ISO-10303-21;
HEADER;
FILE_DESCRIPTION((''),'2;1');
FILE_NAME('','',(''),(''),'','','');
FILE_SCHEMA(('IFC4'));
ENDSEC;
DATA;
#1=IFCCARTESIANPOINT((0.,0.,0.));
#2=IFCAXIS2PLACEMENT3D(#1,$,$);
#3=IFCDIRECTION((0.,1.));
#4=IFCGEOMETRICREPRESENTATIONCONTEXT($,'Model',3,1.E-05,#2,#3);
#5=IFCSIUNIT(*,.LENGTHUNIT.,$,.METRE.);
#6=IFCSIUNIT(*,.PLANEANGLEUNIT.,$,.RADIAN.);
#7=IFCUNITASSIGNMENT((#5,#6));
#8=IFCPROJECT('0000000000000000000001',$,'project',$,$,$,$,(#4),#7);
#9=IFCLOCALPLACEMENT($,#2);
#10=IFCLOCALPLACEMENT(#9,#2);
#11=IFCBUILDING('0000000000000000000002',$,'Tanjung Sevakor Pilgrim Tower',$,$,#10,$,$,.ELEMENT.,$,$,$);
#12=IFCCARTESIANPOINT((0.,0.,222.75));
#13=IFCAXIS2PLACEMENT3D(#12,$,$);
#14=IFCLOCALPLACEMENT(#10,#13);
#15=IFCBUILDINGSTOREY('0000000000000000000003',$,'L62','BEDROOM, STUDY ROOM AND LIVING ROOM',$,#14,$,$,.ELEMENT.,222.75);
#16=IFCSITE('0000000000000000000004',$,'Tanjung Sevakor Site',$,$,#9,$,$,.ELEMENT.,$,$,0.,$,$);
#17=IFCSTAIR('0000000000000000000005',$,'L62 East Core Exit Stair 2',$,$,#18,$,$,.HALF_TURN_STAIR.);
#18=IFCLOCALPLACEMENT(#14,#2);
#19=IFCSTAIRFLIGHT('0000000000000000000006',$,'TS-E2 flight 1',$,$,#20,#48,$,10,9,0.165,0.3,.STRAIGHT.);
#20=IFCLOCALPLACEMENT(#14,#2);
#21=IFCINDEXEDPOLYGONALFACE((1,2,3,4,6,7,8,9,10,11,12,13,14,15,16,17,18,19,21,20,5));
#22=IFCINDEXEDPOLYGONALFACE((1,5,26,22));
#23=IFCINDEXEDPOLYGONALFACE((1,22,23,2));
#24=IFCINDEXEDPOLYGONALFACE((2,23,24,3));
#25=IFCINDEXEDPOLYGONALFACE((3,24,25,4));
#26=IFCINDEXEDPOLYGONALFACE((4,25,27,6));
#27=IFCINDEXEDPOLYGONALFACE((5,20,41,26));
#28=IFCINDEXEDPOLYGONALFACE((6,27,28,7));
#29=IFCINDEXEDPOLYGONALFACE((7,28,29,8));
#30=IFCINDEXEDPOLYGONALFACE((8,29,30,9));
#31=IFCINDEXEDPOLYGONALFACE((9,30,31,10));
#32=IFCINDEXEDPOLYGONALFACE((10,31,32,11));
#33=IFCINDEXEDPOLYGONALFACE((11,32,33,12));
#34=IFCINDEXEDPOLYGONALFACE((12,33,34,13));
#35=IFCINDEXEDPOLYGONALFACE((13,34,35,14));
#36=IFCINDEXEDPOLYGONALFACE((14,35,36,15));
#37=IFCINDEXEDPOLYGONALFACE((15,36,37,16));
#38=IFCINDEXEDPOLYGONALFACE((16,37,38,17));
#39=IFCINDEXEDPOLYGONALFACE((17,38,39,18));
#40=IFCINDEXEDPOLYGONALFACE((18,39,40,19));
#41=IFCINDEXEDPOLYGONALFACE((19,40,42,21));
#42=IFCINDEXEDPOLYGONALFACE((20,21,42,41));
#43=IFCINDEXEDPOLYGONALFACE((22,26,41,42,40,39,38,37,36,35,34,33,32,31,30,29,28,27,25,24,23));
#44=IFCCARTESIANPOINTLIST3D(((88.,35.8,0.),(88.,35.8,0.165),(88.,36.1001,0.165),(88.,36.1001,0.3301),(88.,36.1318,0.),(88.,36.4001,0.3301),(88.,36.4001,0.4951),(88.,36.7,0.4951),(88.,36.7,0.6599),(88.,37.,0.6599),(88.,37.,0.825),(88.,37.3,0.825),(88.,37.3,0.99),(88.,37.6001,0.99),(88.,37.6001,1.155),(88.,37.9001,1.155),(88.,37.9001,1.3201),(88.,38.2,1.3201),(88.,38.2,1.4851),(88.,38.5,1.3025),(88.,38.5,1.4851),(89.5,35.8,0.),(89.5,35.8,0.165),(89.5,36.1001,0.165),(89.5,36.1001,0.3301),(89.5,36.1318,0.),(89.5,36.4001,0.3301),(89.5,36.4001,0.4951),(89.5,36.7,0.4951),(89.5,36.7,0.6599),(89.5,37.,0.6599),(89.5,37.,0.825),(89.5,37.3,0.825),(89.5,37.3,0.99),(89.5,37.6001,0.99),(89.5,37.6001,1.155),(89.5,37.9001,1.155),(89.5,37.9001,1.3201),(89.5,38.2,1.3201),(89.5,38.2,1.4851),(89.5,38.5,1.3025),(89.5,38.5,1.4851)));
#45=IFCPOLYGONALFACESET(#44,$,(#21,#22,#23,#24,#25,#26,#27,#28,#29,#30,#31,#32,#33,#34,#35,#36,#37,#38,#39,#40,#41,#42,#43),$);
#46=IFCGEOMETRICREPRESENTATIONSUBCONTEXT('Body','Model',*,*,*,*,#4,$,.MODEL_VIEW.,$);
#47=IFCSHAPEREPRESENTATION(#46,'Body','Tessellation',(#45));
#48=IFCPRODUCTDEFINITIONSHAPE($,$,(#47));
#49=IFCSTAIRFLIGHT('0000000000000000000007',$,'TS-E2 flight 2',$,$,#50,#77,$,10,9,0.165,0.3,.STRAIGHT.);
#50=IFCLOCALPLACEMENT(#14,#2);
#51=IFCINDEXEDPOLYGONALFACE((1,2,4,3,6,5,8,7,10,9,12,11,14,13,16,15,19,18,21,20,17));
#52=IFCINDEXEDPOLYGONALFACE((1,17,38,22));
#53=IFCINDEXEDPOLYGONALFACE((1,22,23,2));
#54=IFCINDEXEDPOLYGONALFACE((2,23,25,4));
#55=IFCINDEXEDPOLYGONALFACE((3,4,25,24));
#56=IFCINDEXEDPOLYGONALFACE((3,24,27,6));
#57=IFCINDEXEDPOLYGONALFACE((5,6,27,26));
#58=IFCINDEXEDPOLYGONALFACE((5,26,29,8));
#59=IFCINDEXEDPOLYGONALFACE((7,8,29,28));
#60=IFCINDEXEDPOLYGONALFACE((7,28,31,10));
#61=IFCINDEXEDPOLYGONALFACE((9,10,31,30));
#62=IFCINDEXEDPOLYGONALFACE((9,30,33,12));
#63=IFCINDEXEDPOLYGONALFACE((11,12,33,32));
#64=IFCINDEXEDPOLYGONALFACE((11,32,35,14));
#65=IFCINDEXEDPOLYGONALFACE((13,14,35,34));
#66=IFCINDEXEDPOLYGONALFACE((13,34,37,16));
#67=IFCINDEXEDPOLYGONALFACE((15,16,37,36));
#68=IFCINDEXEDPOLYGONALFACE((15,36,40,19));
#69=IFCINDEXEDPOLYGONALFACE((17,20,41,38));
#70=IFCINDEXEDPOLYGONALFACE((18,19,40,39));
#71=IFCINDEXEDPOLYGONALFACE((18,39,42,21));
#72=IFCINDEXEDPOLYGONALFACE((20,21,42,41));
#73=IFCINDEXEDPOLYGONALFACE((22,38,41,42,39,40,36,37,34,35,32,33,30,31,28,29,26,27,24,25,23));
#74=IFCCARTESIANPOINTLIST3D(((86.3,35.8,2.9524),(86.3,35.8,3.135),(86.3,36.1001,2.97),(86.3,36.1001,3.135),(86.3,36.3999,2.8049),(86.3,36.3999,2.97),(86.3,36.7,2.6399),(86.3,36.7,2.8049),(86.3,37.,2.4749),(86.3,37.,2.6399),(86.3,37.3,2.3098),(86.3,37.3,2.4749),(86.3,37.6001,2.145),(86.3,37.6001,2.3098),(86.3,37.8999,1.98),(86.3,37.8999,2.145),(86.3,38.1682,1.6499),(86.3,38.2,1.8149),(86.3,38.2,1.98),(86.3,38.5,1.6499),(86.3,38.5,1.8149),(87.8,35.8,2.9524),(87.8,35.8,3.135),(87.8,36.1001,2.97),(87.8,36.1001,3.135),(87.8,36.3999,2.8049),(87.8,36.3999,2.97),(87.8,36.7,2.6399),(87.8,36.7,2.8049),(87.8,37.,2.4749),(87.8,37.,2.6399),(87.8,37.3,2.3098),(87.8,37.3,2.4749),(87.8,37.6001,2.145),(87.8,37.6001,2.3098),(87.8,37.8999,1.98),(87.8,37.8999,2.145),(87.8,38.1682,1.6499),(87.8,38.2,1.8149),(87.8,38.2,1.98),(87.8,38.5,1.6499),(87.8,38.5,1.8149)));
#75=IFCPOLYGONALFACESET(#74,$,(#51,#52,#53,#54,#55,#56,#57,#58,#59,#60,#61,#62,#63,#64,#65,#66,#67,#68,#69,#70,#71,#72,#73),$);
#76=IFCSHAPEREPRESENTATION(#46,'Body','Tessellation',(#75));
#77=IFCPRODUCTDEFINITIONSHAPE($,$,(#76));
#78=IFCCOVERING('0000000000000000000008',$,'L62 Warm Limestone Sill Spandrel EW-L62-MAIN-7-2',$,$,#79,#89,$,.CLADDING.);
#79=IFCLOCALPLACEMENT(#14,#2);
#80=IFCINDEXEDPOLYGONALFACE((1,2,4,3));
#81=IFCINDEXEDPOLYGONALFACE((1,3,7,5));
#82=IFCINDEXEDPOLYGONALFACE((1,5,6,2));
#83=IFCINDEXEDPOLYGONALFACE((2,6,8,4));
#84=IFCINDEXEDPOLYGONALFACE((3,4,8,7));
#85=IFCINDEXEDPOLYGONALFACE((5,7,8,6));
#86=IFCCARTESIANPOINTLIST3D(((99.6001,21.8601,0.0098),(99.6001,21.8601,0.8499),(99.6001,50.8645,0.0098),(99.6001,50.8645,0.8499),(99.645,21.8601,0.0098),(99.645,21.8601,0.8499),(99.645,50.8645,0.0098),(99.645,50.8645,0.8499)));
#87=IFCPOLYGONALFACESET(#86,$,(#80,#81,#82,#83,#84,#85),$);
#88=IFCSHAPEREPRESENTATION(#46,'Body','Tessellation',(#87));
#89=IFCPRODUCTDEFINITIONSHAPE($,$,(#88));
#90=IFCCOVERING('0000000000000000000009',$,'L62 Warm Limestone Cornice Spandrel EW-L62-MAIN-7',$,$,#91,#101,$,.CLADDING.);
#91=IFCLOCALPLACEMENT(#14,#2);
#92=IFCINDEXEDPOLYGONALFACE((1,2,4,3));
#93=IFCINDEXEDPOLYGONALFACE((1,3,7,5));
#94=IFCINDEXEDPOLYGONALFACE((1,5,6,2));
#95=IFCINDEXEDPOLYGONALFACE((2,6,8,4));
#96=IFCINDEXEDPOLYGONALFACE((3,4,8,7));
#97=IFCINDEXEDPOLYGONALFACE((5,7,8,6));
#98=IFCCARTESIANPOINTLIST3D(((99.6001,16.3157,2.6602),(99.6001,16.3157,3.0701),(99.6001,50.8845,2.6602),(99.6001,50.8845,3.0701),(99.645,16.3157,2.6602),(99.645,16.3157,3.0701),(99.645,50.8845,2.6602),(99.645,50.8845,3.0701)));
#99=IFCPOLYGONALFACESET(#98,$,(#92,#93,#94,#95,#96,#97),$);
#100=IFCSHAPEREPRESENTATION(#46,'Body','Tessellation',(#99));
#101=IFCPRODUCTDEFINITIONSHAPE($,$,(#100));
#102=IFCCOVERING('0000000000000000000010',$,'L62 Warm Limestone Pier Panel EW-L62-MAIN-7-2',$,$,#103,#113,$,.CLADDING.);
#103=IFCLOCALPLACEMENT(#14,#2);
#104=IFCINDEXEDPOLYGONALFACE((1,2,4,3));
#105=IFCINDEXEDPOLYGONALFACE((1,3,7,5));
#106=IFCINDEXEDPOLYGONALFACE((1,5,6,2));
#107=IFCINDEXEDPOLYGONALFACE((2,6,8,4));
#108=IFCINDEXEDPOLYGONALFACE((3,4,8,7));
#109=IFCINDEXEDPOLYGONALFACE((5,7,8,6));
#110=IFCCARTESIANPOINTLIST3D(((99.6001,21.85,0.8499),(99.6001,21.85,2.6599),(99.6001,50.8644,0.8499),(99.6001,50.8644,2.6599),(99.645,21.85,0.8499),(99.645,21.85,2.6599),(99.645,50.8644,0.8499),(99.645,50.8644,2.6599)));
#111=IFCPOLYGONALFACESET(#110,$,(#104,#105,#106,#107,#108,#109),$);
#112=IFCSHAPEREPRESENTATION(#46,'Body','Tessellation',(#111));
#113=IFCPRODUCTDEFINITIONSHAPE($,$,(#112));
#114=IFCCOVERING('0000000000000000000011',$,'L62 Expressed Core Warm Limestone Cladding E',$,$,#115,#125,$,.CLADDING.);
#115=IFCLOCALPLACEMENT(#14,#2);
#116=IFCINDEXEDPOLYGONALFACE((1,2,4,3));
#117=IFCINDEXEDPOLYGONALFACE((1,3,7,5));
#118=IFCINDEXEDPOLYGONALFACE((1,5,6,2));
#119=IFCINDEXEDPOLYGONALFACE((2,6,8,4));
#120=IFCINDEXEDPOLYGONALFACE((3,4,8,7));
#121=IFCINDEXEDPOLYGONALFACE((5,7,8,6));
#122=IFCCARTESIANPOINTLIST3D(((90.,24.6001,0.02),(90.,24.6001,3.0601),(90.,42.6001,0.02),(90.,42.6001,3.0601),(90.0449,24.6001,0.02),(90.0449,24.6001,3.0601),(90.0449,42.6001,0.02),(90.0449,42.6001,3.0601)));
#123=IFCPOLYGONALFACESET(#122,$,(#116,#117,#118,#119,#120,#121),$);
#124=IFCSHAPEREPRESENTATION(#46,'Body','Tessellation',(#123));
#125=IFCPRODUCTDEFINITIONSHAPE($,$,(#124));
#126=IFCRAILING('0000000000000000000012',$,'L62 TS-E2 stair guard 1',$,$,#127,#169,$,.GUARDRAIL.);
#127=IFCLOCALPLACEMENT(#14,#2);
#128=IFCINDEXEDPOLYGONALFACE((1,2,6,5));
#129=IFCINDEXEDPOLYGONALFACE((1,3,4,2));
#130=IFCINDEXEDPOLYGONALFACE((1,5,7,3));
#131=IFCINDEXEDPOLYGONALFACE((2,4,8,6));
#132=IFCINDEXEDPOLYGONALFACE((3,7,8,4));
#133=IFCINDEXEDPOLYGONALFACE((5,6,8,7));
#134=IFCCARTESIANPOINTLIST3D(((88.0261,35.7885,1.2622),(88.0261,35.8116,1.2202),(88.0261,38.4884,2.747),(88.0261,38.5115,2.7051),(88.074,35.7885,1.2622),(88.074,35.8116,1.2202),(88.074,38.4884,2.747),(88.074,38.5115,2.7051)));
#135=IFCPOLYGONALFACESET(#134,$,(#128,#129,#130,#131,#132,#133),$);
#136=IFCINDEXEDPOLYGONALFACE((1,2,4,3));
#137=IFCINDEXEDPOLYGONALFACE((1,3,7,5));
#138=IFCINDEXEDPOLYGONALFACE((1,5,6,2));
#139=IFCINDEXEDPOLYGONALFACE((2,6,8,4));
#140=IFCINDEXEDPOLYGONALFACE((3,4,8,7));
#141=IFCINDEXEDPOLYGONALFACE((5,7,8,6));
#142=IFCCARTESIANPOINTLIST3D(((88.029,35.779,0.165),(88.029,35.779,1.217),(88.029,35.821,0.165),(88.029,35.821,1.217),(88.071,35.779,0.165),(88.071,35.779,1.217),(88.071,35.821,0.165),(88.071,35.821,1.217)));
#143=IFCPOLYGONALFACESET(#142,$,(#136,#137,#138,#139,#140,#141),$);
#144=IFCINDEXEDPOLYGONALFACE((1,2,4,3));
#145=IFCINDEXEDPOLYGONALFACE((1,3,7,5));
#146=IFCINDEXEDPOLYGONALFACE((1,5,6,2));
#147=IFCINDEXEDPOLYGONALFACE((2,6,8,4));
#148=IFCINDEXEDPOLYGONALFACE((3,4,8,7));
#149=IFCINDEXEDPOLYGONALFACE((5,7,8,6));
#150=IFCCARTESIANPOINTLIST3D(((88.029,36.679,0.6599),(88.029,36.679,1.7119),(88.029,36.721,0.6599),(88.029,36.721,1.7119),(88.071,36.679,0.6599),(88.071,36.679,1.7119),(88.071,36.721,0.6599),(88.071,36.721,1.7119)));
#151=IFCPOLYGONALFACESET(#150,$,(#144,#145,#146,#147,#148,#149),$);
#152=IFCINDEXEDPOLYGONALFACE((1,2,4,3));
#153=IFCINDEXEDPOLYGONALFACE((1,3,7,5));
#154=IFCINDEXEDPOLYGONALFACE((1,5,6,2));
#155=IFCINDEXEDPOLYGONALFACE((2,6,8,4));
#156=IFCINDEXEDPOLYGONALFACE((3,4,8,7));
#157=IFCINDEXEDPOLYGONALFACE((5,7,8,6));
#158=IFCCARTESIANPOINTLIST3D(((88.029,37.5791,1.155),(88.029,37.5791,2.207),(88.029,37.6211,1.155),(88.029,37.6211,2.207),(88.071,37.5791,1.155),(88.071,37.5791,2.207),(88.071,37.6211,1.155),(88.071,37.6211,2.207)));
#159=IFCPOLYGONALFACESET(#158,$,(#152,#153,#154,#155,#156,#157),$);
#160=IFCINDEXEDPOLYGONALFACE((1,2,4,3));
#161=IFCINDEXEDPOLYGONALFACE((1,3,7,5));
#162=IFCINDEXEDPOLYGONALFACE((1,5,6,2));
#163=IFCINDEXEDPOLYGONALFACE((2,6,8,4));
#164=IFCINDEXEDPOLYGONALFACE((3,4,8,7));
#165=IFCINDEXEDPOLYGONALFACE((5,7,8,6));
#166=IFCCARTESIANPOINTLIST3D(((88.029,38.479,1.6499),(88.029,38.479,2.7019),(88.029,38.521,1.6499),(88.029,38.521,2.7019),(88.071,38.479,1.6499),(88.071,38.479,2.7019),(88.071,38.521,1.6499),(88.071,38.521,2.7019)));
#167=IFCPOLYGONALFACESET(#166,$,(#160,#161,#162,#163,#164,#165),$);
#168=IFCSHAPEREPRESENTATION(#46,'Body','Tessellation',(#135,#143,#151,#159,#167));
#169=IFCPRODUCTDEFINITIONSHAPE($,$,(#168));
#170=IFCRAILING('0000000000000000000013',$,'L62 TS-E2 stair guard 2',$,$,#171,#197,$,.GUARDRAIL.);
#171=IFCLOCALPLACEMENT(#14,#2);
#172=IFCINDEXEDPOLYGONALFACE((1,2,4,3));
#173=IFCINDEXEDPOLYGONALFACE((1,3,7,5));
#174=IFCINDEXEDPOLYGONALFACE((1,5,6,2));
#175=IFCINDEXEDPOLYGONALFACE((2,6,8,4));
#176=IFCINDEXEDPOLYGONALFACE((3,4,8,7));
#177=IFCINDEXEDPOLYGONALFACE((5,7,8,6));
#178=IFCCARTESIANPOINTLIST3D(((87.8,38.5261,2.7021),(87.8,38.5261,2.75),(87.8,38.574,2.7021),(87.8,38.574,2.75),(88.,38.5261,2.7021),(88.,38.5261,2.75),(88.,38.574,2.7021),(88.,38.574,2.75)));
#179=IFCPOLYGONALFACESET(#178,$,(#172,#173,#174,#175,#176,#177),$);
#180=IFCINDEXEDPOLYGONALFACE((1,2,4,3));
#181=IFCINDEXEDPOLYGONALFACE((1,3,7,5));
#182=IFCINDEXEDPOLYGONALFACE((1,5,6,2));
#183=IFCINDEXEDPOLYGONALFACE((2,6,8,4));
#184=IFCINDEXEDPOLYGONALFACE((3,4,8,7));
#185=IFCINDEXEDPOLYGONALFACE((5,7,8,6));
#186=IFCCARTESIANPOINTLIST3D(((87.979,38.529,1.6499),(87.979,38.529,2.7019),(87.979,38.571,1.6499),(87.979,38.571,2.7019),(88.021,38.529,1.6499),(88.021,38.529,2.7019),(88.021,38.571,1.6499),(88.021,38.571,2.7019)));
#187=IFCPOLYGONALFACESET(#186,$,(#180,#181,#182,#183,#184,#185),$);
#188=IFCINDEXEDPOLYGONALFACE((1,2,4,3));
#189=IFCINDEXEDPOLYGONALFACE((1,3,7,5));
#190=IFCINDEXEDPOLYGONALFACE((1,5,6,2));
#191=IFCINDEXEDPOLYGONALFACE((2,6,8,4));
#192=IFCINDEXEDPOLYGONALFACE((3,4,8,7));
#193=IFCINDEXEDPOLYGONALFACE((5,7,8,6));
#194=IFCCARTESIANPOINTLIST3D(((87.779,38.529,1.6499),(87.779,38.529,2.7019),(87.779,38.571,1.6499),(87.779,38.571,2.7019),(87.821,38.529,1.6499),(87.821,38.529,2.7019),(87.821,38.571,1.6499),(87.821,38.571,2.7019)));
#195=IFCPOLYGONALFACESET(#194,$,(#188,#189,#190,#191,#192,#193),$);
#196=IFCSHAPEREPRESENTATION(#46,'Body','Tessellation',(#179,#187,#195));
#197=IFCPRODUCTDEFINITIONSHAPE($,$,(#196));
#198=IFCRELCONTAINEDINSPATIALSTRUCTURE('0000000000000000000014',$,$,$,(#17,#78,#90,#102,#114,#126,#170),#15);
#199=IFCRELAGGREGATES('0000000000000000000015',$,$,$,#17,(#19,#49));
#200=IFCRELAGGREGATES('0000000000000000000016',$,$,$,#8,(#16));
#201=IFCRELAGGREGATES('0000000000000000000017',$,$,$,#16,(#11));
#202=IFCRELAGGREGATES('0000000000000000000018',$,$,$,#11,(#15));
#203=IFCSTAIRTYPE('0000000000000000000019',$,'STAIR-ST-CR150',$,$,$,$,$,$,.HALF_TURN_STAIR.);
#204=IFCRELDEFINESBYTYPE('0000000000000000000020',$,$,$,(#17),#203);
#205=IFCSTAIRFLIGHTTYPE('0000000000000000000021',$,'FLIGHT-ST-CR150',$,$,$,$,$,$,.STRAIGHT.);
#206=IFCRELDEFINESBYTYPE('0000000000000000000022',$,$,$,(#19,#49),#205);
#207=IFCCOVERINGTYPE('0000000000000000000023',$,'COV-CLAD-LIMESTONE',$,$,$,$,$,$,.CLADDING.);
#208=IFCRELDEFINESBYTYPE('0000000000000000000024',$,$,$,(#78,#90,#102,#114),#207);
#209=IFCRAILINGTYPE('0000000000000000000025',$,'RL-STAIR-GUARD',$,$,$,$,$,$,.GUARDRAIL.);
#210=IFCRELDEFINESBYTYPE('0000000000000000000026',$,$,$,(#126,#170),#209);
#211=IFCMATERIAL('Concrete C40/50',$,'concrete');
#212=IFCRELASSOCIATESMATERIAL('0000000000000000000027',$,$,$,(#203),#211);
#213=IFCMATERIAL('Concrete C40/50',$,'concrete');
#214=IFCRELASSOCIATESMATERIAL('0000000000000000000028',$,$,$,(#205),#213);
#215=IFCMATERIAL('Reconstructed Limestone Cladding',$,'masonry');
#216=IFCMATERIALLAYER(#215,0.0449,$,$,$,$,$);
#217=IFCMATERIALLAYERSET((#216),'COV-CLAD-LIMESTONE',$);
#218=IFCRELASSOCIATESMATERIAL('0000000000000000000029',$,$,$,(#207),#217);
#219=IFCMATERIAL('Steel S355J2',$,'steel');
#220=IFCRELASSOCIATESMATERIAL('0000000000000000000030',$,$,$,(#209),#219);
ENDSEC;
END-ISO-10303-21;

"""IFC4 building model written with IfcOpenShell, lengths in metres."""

from ifc_helpers import new_model, si_unit, direction, frame, origin, origin_2d, place, context, subcontext, project, spatial, polyline, rectangle, outline, extrude, material, layer, layer_set, type_object, element, aggregate, save


model = new_model("IFC4")

# Units and contexts
model_context = context("Model", 3, precision=1e-05, world=origin(), true_north=direction((0.0, 1.0)))
body_context = subcontext(model_context, "Body", "Model", "MODEL_VIEW")
ifc_project = project(units=[si_unit("LENGTHUNIT", "METRE"), si_unit("PLANEANGLEUNIT", "RADIAN")], contexts=[model_context])

# Site, building, storey
site_placement = place(None, origin())
site = spatial("IfcSite", under=ifc_project, at=site_placement, Name="Tanjung Sevakor Site", CompositionType="ELEMENT", RefElevation=0.0)
building_placement = place(site_placement, origin())
building = spatial("IfcBuilding", under=site, at=building_placement, Name="Tanjung Sevakor Pilgrim Tower", CompositionType="ELEMENT")
storey_placement = place(building_placement, frame((0.0, 0.0, 222.75)))
storey = spatial("IfcBuildingStorey", under=building, at=storey_placement, Name="L62", Description="BEDROOM, STUDY ROOM AND LIVING ROOM", CompositionType="ELEMENT", Elevation=222.75)

# Stair, stair flights
ifc_material_1 = material(Name="Concrete C40/50", Category="concrete")
stair_type = type_object("IfcStairType", Name="STAIR-ST-CR150", PredefinedType="HALF_TURN_STAIR", material=ifc_material_1)
stair_placement = place(storey_placement, origin())
stair = element("IfcStair", 1, at=stair_placement, inside=storey, type_object=stair_type, Name="L62 East Core Exit Stair 2", PredefinedType="HALF_TURN_STAIR")
ifc_material_2 = material(Name="Concrete C40/50", Category="concrete")
stair_flight_type = type_object("IfcStairFlightType", Name="FLIGHT-ST-CR150", PredefinedType="STRAIGHT", material=ifc_material_2)
stair_flight_1_placement = place(storey_placement, frame((88.75, 35.8, 0.0), z_axis=(0.0, 0.0, 1.0), x_axis=(0.0, 1.0, 0.0)))
stair_flight_1 = element("IfcStairFlight", 2, at=stair_flight_1_placement, type_object=stair_flight_type, Name="TS-E2 flight 1", NumberOfRisers=10, NumberOfTreads=9, PredefinedType="STRAIGHT", RiserHeight=0.165, TreadLength=0.3, context=body_context, shape_type="SweptSolid", body=[
    extrude(outline(polyline([(0.0, 0.0), (0.0, 0.165), (0.3, 0.165), (0.3, 0.3301), (0.6001, 0.3301), (0.6001, 0.4951), (0.8999, 0.4951), (0.8999, 0.6599), (1.2, 0.6599), (1.2, 0.825), (1.5, 0.825), (1.5, 0.99), (1.8, 0.99), (1.8, 1.155), (2.1001, 1.155), (2.1001, 1.3201), (2.3999, 1.3201), (2.3999, 1.4851), (2.7, 1.4851), (2.7, 1.6499), (2.7, 1.3025), (0.3318, 0.0), (0.0, 0.0)])), frame((0.0, 0.75, 0.0), z_axis=(0.0, -1.0, 0.0), x_axis=(1.0, 0.0, 0.0)), (0.0, 0.0, 1.0), 1.5),
])
stair_flight_2_placement = place(storey_placement, frame((87.05, 38.5, 1.6499), z_axis=(0.0, 0.0, 1.0), x_axis=(0.0, -1.0, 0.0)))
stair_flight_2 = element("IfcStairFlight", 3, at=stair_flight_2_placement, type_object=stair_flight_type, Name="TS-E2 flight 2", NumberOfRisers=10, NumberOfTreads=9, PredefinedType="STRAIGHT", RiserHeight=0.165, TreadLength=0.3, context=body_context, shape_type="SweptSolid", body=[
    extrude(outline(polyline([(0.0, 0.0), (0.0, 0.165), (0.3, 0.165), (0.3, 0.3301), (0.6001, 0.3301), (0.6001, 0.4951), (0.8999, 0.4951), (0.8999, 0.6599), (1.2, 0.6599), (1.2, 0.825), (1.5, 0.825), (1.5, 0.99), (1.8, 0.99), (1.8, 1.155), (2.1001, 1.155), (2.1001, 1.3201), (2.3999, 1.3201), (2.3999, 1.4851), (2.7, 1.4851), (2.7, 1.6499), (2.7, 1.3025), (0.3318, 0.0), (0.0, 0.0)])), frame((0.0, 0.75, 0.0), z_axis=(0.0, -1.0, 0.0), x_axis=(1.0, 0.0, 0.0)), (0.0, 0.0, 1.0), 1.5),
])
aggregate(stair, [stair_flight_1, stair_flight_2])

# Coverings
ifc_material_3 = material(Name="Reconstructed Limestone Cladding", Category="masonry")
ifc_layer_1 = layer(ifc_material_3, 0.0449)
ifc_layer_set_1 = layer_set([ifc_layer_1], Name="COV-CLAD-LIMESTONE")
covering_type = type_object("IfcCoveringType", Name="COV-CLAD-LIMESTONE", PredefinedType="CLADDING", material=ifc_layer_set_1)
covering_1_placement = place(storey_placement, frame((99.6226, 36.3623, 0.0098), z_axis=(0.0, 0.0, 1.0), x_axis=(0.0, 1.0, 0.0)))
element("IfcCovering", 4, at=covering_1_placement, inside=storey, type_object=covering_type, Name="L62 Warm Limestone Sill Spandrel EW-L62-MAIN-7-2", PredefinedType="CLADDING", context=body_context, shape_type="SweptSolid", body=[
    extrude(rectangle(XDim=29.0044, YDim=0.0449, at=origin_2d()), origin(), (0.0, 0.0, 1.0), 0.8401),
])
covering_2_placement = place(storey_placement, frame((99.6226, 33.6001, 2.6602), z_axis=(0.0, 0.0, 1.0), x_axis=(0.0, 1.0, 0.0)))
element("IfcCovering", 5, at=covering_2_placement, inside=storey, type_object=covering_type, Name="L62 Warm Limestone Cornice Spandrel EW-L62-MAIN-7", PredefinedType="CLADDING", context=body_context, shape_type="SweptSolid", body=[
    extrude(rectangle(XDim=34.5688, YDim=0.0449, at=origin_2d()), origin(), (0.0, 0.0, 1.0), 0.4099),
])
covering_3_placement = place(storey_placement, frame((99.6226, 36.3572, 0.8499), z_axis=(0.0, 0.0, 1.0), x_axis=(0.0, 1.0, 0.0)))
element("IfcCovering", 6, at=covering_3_placement, inside=storey, type_object=covering_type, Name="L62 Warm Limestone Pier Panel EW-L62-MAIN-7-2", PredefinedType="CLADDING", context=body_context, shape_type="SweptSolid", body=[
    extrude(rectangle(XDim=29.0144, YDim=0.0449, at=origin_2d()), origin(), (0.0, 0.0, 1.0), 1.8101),
])
covering_4_placement = place(storey_placement, frame((90.0225, 33.6001, 0.02), z_axis=(0.0, 0.0, 1.0), x_axis=(1.0, 0.0, 0.0)))
element("IfcCovering", 7, at=covering_4_placement, inside=storey, type_object=covering_type, Name="L62 Expressed Core Warm Limestone Cladding E", PredefinedType="CLADDING", context=body_context, shape_type="SweptSolid", body=[
    extrude(rectangle(XDim=0.0449, YDim=18.0, at=origin_2d()), origin(), (0.0, 0.0, 1.0), 3.04),
])

# Railings
ifc_material_4 = material(Name="Steel S355J2", Category="steel")
railing_type_1 = type_object("IfcRailingType", Name="RL-STAIR-GUARD", PredefinedType="GUARDRAIL", material=ifc_material_4)
railing_1_placement = place(storey_placement, frame((88.05, 35.8, 0.165)))
element("IfcRailing", 8, at=railing_1_placement, inside=storey, type_object=railing_type_1, Name="L62 TS-E2 stair guard 1", PredefinedType="GUARDRAIL", context=body_context, shape_type="SweptSolid", body=[
    extrude(rectangle(XDim=0.0479, YDim=0.0479), frame((0.0, 0.0, 1.0762), z_axis=(0.0, 0.876231, 0.481891), x_axis=(-1.0, 0.0, 0.0)), (0.0, 0.0, 1.0), 3.0813),
    extrude(rectangle(XDim=0.042, YDim=0.042), origin(), (0.0, 0.0, 1.0), 1.052),
    extrude(rectangle(XDim=0.042, YDim=0.042), frame((0.0, 0.8999, 0.4949)), (0.0, 0.0, 1.0), 1.052),
    extrude(rectangle(XDim=0.042, YDim=0.042), frame((0.0, 1.8, 0.99)), (0.0, 0.0, 1.0), 1.052),
    extrude(rectangle(XDim=0.042, YDim=0.042), frame((0.0, 2.7, 1.4849)), (0.0, 0.0, 1.0), 1.052),
])
railing_2_placement = place(storey_placement, frame((88.0, 38.55, 1.6499)))
element("IfcRailing", 9, at=railing_2_placement, inside=storey, type_object=railing_type_1, Name="L62 TS-E2 stair guard 2", PredefinedType="GUARDRAIL", context=body_context, shape_type="SweptSolid", body=[
    extrude(rectangle(XDim=0.0479, YDim=0.0479), frame((0.0, 0.0, 1.0762), z_axis=(-1.0, 0.0, 0.0), x_axis=(0.0, -1.0, 0.0)), (0.0, 0.0, 1.0), 0.2),
    extrude(rectangle(XDim=0.042, YDim=0.042), origin(), (0.0, 0.0, 1.0), 1.052),
    extrude(rectangle(XDim=0.042, YDim=0.042), frame((-0.2, 0.0, 0.0)), (0.0, 0.0, 1.0), 1.052),
])

save(model, "model.ifc")
